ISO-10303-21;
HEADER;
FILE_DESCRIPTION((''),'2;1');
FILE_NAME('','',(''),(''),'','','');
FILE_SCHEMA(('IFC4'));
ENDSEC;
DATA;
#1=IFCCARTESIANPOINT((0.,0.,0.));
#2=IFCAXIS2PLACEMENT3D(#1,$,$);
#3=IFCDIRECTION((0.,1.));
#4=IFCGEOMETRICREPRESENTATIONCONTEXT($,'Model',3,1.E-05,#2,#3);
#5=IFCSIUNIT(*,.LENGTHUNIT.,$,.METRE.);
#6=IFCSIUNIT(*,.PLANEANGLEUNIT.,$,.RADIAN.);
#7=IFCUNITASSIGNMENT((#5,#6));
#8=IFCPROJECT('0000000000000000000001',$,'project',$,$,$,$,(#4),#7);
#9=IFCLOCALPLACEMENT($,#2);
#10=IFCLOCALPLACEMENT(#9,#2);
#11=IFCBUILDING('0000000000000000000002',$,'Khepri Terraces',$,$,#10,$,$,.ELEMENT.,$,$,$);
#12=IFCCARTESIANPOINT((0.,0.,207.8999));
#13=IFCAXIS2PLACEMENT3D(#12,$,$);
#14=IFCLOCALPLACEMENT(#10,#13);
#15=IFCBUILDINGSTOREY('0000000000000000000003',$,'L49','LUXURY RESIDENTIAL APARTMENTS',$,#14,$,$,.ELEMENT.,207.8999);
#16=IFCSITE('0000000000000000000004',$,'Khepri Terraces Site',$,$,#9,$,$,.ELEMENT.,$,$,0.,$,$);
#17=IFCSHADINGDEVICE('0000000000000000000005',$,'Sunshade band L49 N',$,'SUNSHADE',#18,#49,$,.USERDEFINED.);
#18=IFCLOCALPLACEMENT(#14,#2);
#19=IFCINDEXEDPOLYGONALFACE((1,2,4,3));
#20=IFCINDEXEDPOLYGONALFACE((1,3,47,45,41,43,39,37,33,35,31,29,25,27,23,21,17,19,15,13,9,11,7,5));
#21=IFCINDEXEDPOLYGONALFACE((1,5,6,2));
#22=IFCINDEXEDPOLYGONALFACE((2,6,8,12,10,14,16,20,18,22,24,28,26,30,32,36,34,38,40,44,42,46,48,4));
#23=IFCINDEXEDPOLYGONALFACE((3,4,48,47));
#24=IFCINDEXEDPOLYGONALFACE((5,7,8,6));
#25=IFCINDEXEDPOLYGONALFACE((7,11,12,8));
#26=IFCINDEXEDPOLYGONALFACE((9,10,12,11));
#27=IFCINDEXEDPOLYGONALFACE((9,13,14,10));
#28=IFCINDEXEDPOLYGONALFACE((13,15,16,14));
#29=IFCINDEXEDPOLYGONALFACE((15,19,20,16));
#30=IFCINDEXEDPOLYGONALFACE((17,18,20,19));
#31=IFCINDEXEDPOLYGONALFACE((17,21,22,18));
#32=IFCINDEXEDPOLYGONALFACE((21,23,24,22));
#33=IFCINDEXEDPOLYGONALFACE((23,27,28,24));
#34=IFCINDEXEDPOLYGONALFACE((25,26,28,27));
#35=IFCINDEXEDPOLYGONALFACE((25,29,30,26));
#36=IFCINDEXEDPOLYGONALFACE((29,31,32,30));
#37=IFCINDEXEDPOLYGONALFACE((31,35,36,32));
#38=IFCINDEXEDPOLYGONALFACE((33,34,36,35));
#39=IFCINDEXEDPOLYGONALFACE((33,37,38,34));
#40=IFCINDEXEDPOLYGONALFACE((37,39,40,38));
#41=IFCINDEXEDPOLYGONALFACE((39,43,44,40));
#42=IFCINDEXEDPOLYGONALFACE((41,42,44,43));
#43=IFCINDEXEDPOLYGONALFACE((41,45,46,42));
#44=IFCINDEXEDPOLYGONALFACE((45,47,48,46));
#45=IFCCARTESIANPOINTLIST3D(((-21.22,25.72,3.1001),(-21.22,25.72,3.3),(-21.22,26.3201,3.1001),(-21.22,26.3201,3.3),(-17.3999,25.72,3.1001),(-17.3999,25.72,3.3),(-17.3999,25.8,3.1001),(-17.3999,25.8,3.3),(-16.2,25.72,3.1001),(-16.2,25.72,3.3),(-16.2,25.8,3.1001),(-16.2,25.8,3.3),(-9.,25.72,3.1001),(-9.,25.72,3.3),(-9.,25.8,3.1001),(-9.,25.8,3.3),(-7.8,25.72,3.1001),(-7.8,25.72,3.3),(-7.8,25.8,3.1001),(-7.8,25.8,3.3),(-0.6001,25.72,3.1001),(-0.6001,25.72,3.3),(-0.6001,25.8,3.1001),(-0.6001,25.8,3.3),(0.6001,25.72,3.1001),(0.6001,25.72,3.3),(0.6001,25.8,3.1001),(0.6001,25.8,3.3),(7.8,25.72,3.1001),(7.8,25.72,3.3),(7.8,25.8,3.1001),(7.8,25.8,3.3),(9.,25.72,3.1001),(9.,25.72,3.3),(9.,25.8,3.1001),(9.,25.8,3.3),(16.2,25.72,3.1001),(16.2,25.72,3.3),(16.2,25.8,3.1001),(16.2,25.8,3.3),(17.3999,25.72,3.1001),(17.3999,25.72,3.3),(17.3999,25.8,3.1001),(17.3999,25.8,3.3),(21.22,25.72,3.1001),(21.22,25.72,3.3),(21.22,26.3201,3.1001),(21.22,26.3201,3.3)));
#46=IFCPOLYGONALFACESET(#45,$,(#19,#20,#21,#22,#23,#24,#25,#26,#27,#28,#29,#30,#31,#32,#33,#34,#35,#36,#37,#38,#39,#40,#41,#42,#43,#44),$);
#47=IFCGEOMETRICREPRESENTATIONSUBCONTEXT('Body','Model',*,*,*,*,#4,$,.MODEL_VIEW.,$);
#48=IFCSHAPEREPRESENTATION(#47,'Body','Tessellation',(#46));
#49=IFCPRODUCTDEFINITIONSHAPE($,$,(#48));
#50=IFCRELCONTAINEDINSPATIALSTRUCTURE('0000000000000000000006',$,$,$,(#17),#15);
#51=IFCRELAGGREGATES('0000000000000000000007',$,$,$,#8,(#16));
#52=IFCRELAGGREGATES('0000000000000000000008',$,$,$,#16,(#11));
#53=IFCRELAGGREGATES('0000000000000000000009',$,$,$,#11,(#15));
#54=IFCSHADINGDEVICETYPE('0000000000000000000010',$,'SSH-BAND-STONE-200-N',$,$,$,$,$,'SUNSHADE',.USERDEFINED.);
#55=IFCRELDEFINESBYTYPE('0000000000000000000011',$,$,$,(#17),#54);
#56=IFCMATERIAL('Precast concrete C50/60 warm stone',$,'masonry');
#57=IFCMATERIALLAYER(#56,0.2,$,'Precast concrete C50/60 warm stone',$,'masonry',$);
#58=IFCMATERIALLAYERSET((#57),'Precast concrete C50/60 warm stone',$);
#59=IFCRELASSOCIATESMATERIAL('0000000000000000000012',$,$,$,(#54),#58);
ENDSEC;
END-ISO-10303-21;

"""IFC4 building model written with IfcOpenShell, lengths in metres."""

from ifc_helpers import new_model, si_unit, direction, frame, origin, place, context, subcontext, project, spatial, polyline, outline, extrude, material, layer, layer_set, type_object, element, save


model = new_model("IFC4")

# Units and contexts
model_context = context("Model", 3, precision=1e-05, world=origin(), true_north=direction((0.0, 1.0)))
body_context = subcontext(model_context, "Body", "Model", "MODEL_VIEW")
ifc_project = project(units=[si_unit("LENGTHUNIT", "METRE"), si_unit("PLANEANGLEUNIT", "RADIAN")], contexts=[model_context])

# Site, building, storey
site_placement = place(None, origin())
site = spatial("IfcSite", under=ifc_project, at=site_placement, Name="Khepri Terraces Site", CompositionType="ELEMENT", RefElevation=0.0)
building_placement = place(site_placement, origin())
building = spatial("IfcBuilding", under=site, at=building_placement, Name="Khepri Terraces", CompositionType="ELEMENT")
storey_placement = place(building_placement, frame((0.0, 0.0, 207.8999)))
storey = spatial("IfcBuildingStorey", under=building, at=storey_placement, Name="L49", Description="LUXURY RESIDENTIAL APARTMENTS", CompositionType="ELEMENT", Elevation=207.8999)

# Shading device
ifc_material_1 = material(Name="Precast concrete C50/60 warm stone", Category="masonry")
ifc_layer_1 = layer(ifc_material_1, 0.2, Name="Precast concrete C50/60 warm stone", Category="masonry")
ifc_layer_set_1 = layer_set([ifc_layer_1], Name="Precast concrete C50/60 warm stone")
shading_device_type_1 = type_object("IfcShadingDeviceType", Name="SSH-BAND-STONE-200-N", ElementType="SUNSHADE", PredefinedType="USERDEFINED", material=ifc_layer_set_1)
shading_device_1_placement = place(storey_placement, frame((0.0, 0.0, 3.1001)))
element("IfcShadingDevice", 1, at=shading_device_1_placement, inside=storey, type_object=shading_device_type_1, Name="Sunshade band L49 N", ObjectType="SUNSHADE", PredefinedType="USERDEFINED", context=body_context, shape_type="SweptSolid", body=[
    extrude(outline(polyline([(17.3999, 25.72), (21.22, 25.72), (21.22, 26.3201), (-21.22, 26.3201), (-21.22, 25.72), (-17.3999, 25.72), (-17.3999, 25.8), (-16.2, 25.8), (-16.2, 25.72), (-9.0, 25.72), (-9.0, 25.8), (-7.8, 25.8), (-7.8, 25.72), (-0.6001, 25.72), (-0.6001, 25.8), (0.6001, 25.8), (0.6001, 25.72), (7.8, 25.72), (7.8, 25.8), (9.0, 25.8), (9.0, 25.72), (16.2, 25.72), (16.2, 25.8), (17.3999, 25.8), (17.3999, 25.72)])), origin(), (0.0, 0.0, 1.0), 0.2),
])

save(model, "model.ifc")
